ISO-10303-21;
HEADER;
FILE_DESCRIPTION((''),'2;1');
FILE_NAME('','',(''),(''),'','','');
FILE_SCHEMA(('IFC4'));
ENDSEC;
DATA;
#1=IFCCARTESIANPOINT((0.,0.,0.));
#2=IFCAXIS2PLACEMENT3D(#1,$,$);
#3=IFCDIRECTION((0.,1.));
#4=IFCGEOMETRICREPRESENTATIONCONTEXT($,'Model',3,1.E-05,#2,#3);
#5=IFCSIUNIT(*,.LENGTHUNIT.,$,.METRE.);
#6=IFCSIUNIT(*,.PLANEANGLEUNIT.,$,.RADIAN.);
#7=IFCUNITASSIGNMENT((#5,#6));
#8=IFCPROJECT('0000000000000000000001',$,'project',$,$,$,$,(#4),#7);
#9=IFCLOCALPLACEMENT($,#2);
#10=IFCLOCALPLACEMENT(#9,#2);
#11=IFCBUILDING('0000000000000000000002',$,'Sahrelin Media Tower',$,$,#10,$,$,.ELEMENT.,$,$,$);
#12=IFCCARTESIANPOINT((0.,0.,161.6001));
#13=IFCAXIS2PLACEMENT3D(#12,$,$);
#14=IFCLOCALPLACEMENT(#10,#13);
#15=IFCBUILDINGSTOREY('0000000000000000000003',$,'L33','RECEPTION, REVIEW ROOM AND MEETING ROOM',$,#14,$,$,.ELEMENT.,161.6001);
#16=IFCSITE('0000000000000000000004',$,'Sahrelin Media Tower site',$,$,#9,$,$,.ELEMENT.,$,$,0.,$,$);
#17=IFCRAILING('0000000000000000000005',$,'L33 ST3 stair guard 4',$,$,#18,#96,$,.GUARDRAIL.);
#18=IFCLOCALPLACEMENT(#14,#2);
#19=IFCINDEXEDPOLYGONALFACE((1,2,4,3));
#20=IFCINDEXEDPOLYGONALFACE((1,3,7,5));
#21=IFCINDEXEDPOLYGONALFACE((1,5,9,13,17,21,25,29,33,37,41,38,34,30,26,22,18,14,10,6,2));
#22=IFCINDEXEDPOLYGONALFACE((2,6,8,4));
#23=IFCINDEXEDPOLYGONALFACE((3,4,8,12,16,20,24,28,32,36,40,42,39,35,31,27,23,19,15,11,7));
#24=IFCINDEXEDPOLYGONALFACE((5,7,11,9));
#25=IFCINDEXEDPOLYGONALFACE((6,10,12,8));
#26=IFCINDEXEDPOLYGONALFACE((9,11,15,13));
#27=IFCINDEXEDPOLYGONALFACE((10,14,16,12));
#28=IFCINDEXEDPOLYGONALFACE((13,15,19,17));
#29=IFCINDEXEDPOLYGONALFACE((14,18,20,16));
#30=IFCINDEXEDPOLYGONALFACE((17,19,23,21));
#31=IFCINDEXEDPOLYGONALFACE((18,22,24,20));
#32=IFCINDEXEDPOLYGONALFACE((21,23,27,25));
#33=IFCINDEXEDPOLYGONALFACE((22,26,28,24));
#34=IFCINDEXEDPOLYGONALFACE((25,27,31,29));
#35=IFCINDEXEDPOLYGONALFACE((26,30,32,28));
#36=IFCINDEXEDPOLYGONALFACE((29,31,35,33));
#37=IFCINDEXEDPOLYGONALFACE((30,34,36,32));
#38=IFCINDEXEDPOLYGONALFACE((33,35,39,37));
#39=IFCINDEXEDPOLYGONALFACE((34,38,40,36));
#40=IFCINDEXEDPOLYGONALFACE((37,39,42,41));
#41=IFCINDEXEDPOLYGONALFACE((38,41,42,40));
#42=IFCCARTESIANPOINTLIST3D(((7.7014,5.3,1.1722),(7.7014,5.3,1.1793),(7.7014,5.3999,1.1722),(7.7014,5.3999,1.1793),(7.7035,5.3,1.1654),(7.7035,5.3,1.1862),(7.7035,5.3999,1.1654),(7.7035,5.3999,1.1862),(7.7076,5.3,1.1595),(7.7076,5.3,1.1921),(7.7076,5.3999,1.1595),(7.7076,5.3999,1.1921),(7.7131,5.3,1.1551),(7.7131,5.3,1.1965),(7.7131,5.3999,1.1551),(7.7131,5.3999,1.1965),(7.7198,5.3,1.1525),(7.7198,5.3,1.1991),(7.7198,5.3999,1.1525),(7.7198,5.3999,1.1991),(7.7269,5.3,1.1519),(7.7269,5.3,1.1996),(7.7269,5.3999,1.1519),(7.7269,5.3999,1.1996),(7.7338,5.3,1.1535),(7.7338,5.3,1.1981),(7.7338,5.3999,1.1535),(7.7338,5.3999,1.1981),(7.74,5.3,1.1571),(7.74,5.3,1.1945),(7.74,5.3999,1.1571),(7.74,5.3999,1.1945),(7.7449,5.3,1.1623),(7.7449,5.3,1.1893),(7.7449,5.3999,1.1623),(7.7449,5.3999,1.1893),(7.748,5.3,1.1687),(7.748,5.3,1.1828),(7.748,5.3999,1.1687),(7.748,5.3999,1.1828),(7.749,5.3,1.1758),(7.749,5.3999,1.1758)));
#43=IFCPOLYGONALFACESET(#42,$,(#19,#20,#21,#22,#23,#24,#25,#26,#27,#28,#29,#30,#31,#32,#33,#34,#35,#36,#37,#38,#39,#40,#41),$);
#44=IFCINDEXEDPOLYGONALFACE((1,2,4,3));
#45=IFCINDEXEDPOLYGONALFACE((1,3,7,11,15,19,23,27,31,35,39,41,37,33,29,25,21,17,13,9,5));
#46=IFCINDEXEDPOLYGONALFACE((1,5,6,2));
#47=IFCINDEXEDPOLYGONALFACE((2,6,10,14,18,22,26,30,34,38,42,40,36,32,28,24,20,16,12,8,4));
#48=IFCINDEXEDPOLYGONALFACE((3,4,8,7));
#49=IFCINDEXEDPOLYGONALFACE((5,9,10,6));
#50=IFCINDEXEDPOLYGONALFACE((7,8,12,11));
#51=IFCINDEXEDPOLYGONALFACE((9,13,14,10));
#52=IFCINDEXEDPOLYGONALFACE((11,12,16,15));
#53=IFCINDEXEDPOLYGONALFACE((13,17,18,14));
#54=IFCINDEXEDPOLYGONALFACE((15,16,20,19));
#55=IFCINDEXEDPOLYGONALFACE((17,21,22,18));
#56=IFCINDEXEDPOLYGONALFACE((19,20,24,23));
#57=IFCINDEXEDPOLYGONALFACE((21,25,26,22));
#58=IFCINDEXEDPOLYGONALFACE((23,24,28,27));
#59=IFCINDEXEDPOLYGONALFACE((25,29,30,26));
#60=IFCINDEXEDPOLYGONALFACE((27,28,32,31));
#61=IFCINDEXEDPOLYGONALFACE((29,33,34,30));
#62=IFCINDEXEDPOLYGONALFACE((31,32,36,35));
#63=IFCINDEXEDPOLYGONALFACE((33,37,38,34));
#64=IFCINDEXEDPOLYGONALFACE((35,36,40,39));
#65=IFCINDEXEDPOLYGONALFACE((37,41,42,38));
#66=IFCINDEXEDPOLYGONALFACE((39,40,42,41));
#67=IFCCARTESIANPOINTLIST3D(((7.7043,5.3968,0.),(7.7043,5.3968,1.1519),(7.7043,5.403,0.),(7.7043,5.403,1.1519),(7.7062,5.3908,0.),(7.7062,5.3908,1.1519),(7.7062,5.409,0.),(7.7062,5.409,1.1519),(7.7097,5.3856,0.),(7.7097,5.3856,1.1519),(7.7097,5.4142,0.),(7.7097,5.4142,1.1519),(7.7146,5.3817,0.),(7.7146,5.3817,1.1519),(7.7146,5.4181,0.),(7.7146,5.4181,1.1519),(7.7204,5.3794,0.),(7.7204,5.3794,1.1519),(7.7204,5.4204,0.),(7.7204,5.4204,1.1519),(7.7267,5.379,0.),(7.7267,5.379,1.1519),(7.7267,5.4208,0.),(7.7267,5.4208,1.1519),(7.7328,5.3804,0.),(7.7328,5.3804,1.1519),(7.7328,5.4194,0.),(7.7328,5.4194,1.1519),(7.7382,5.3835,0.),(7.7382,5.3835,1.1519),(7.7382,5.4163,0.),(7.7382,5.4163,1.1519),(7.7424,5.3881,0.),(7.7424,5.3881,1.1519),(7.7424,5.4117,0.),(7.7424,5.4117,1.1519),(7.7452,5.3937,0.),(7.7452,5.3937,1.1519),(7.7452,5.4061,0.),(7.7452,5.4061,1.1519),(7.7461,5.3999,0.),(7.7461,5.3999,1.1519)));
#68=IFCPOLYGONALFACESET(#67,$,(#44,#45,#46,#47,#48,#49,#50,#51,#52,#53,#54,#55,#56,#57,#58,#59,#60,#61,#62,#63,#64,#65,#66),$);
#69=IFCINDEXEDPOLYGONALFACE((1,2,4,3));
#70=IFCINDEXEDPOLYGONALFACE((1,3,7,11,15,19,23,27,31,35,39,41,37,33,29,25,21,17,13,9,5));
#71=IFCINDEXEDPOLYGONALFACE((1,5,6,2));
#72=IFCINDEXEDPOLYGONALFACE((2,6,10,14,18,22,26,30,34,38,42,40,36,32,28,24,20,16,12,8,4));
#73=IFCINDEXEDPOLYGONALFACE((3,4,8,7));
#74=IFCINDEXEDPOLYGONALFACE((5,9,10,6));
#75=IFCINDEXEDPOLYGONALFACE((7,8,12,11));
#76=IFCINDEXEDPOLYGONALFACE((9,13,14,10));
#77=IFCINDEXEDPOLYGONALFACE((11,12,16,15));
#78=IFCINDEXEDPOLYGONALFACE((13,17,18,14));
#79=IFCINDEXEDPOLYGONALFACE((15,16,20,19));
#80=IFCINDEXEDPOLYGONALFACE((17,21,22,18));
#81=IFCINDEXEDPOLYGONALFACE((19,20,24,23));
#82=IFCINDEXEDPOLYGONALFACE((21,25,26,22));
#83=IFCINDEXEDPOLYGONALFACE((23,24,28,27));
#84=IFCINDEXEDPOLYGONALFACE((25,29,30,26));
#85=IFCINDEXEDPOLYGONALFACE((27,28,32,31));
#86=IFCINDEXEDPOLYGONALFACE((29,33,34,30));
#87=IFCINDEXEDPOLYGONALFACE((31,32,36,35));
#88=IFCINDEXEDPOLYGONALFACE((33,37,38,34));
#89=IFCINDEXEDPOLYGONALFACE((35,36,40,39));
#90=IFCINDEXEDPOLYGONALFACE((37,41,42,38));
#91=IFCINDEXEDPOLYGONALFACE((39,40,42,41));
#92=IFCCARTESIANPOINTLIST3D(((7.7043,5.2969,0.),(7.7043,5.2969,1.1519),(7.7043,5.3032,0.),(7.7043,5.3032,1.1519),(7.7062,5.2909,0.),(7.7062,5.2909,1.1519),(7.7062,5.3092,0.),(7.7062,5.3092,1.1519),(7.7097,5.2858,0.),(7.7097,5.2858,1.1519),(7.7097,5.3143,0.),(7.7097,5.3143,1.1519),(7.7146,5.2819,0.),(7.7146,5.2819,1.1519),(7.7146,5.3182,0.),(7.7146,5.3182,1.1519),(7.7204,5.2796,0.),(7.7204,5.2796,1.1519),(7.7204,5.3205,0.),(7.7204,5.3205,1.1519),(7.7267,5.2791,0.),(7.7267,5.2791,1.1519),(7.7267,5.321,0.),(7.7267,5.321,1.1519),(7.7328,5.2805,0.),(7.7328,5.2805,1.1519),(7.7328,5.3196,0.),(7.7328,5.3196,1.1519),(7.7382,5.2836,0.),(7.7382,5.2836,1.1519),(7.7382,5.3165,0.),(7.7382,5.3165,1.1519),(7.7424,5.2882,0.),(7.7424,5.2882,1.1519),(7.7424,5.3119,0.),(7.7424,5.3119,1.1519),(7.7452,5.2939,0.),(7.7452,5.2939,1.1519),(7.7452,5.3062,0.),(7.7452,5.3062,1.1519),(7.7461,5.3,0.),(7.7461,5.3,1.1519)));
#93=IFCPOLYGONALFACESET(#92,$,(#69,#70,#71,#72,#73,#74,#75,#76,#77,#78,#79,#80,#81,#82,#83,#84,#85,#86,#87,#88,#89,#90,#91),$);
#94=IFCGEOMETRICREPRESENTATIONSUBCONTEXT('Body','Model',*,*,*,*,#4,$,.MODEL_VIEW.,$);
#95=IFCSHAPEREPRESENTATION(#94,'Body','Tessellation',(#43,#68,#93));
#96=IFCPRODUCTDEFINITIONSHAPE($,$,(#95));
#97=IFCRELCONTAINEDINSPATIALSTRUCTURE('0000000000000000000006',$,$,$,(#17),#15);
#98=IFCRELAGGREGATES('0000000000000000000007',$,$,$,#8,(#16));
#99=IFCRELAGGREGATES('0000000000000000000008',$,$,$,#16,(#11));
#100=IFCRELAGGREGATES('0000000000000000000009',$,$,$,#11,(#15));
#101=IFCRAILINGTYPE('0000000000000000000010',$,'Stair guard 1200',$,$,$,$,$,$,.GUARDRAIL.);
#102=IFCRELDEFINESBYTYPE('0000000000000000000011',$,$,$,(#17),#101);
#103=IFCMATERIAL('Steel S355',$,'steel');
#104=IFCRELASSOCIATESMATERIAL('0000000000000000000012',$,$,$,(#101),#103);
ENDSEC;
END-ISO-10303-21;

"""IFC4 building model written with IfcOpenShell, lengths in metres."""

from ifc_helpers import new_model, si_unit, direction, frame, origin, origin_2d, place, context, subcontext, project, spatial, circle, extrude, material, type_object, element, save


model = new_model("IFC4")

# Units and contexts
model_context = context("Model", 3, precision=1e-05, world=origin(), true_north=direction((0.0, 1.0)))
body_context = subcontext(model_context, "Body", "Model", "MODEL_VIEW")
ifc_project = project(units=[si_unit("LENGTHUNIT", "METRE"), si_unit("PLANEANGLEUNIT", "RADIAN")], contexts=[model_context])

# Site, building, storey
site_placement = place(None, origin())
site = spatial("IfcSite", under=ifc_project, at=site_placement, Name="Sahrelin Media Tower site", CompositionType="ELEMENT", RefElevation=0.0)
building_placement = place(site_placement, origin())
building = spatial("IfcBuilding", under=site, at=building_placement, Name="Sahrelin Media Tower", CompositionType="ELEMENT")
storey_placement = place(building_placement, frame((0.0, 0.0, 161.6001)))
storey = spatial("IfcBuildingStorey", under=building, at=storey_placement, Name="L33", Description="RECEPTION, REVIEW ROOM AND MEETING ROOM", CompositionType="ELEMENT", Elevation=161.6001)

# Shared definitions
ifc_material_1 = material(Name="Steel S355", Category="steel")

# Railing
railing_type_1 = type_object("IfcRailingType", Name="Stair guard 1200", PredefinedType="GUARDRAIL", material=ifc_material_1)
railing_1_placement = place(storey_placement, frame((7.7251, 5.3999, 0.0)))
element("IfcRailing", 1, at=railing_1_placement, inside=storey, type_object=railing_type_1, Name="L33 ST3 stair guard 4", PredefinedType="GUARDRAIL", context=body_context, shape_type="SweptSolid", body=[
    extrude(circle(Radius=0.0239, at=origin_2d()), frame((0.0, 0.0, 1.1758), z_axis=(0.0, -1.0, 0.0), x_axis=(1.0, 0.0, 0.0)), (0.0, 0.0, 1.0), 0.0999),
    extrude(circle(Radius=0.021, at=origin_2d()), origin(), (0.0, 0.0, 1.0), 1.1519),
    extrude(circle(Radius=0.021, at=origin_2d()), frame((0.0, -0.0999, 0.0)), (0.0, 0.0, 1.0), 1.1519),
])

save(model, "model.ifc")
